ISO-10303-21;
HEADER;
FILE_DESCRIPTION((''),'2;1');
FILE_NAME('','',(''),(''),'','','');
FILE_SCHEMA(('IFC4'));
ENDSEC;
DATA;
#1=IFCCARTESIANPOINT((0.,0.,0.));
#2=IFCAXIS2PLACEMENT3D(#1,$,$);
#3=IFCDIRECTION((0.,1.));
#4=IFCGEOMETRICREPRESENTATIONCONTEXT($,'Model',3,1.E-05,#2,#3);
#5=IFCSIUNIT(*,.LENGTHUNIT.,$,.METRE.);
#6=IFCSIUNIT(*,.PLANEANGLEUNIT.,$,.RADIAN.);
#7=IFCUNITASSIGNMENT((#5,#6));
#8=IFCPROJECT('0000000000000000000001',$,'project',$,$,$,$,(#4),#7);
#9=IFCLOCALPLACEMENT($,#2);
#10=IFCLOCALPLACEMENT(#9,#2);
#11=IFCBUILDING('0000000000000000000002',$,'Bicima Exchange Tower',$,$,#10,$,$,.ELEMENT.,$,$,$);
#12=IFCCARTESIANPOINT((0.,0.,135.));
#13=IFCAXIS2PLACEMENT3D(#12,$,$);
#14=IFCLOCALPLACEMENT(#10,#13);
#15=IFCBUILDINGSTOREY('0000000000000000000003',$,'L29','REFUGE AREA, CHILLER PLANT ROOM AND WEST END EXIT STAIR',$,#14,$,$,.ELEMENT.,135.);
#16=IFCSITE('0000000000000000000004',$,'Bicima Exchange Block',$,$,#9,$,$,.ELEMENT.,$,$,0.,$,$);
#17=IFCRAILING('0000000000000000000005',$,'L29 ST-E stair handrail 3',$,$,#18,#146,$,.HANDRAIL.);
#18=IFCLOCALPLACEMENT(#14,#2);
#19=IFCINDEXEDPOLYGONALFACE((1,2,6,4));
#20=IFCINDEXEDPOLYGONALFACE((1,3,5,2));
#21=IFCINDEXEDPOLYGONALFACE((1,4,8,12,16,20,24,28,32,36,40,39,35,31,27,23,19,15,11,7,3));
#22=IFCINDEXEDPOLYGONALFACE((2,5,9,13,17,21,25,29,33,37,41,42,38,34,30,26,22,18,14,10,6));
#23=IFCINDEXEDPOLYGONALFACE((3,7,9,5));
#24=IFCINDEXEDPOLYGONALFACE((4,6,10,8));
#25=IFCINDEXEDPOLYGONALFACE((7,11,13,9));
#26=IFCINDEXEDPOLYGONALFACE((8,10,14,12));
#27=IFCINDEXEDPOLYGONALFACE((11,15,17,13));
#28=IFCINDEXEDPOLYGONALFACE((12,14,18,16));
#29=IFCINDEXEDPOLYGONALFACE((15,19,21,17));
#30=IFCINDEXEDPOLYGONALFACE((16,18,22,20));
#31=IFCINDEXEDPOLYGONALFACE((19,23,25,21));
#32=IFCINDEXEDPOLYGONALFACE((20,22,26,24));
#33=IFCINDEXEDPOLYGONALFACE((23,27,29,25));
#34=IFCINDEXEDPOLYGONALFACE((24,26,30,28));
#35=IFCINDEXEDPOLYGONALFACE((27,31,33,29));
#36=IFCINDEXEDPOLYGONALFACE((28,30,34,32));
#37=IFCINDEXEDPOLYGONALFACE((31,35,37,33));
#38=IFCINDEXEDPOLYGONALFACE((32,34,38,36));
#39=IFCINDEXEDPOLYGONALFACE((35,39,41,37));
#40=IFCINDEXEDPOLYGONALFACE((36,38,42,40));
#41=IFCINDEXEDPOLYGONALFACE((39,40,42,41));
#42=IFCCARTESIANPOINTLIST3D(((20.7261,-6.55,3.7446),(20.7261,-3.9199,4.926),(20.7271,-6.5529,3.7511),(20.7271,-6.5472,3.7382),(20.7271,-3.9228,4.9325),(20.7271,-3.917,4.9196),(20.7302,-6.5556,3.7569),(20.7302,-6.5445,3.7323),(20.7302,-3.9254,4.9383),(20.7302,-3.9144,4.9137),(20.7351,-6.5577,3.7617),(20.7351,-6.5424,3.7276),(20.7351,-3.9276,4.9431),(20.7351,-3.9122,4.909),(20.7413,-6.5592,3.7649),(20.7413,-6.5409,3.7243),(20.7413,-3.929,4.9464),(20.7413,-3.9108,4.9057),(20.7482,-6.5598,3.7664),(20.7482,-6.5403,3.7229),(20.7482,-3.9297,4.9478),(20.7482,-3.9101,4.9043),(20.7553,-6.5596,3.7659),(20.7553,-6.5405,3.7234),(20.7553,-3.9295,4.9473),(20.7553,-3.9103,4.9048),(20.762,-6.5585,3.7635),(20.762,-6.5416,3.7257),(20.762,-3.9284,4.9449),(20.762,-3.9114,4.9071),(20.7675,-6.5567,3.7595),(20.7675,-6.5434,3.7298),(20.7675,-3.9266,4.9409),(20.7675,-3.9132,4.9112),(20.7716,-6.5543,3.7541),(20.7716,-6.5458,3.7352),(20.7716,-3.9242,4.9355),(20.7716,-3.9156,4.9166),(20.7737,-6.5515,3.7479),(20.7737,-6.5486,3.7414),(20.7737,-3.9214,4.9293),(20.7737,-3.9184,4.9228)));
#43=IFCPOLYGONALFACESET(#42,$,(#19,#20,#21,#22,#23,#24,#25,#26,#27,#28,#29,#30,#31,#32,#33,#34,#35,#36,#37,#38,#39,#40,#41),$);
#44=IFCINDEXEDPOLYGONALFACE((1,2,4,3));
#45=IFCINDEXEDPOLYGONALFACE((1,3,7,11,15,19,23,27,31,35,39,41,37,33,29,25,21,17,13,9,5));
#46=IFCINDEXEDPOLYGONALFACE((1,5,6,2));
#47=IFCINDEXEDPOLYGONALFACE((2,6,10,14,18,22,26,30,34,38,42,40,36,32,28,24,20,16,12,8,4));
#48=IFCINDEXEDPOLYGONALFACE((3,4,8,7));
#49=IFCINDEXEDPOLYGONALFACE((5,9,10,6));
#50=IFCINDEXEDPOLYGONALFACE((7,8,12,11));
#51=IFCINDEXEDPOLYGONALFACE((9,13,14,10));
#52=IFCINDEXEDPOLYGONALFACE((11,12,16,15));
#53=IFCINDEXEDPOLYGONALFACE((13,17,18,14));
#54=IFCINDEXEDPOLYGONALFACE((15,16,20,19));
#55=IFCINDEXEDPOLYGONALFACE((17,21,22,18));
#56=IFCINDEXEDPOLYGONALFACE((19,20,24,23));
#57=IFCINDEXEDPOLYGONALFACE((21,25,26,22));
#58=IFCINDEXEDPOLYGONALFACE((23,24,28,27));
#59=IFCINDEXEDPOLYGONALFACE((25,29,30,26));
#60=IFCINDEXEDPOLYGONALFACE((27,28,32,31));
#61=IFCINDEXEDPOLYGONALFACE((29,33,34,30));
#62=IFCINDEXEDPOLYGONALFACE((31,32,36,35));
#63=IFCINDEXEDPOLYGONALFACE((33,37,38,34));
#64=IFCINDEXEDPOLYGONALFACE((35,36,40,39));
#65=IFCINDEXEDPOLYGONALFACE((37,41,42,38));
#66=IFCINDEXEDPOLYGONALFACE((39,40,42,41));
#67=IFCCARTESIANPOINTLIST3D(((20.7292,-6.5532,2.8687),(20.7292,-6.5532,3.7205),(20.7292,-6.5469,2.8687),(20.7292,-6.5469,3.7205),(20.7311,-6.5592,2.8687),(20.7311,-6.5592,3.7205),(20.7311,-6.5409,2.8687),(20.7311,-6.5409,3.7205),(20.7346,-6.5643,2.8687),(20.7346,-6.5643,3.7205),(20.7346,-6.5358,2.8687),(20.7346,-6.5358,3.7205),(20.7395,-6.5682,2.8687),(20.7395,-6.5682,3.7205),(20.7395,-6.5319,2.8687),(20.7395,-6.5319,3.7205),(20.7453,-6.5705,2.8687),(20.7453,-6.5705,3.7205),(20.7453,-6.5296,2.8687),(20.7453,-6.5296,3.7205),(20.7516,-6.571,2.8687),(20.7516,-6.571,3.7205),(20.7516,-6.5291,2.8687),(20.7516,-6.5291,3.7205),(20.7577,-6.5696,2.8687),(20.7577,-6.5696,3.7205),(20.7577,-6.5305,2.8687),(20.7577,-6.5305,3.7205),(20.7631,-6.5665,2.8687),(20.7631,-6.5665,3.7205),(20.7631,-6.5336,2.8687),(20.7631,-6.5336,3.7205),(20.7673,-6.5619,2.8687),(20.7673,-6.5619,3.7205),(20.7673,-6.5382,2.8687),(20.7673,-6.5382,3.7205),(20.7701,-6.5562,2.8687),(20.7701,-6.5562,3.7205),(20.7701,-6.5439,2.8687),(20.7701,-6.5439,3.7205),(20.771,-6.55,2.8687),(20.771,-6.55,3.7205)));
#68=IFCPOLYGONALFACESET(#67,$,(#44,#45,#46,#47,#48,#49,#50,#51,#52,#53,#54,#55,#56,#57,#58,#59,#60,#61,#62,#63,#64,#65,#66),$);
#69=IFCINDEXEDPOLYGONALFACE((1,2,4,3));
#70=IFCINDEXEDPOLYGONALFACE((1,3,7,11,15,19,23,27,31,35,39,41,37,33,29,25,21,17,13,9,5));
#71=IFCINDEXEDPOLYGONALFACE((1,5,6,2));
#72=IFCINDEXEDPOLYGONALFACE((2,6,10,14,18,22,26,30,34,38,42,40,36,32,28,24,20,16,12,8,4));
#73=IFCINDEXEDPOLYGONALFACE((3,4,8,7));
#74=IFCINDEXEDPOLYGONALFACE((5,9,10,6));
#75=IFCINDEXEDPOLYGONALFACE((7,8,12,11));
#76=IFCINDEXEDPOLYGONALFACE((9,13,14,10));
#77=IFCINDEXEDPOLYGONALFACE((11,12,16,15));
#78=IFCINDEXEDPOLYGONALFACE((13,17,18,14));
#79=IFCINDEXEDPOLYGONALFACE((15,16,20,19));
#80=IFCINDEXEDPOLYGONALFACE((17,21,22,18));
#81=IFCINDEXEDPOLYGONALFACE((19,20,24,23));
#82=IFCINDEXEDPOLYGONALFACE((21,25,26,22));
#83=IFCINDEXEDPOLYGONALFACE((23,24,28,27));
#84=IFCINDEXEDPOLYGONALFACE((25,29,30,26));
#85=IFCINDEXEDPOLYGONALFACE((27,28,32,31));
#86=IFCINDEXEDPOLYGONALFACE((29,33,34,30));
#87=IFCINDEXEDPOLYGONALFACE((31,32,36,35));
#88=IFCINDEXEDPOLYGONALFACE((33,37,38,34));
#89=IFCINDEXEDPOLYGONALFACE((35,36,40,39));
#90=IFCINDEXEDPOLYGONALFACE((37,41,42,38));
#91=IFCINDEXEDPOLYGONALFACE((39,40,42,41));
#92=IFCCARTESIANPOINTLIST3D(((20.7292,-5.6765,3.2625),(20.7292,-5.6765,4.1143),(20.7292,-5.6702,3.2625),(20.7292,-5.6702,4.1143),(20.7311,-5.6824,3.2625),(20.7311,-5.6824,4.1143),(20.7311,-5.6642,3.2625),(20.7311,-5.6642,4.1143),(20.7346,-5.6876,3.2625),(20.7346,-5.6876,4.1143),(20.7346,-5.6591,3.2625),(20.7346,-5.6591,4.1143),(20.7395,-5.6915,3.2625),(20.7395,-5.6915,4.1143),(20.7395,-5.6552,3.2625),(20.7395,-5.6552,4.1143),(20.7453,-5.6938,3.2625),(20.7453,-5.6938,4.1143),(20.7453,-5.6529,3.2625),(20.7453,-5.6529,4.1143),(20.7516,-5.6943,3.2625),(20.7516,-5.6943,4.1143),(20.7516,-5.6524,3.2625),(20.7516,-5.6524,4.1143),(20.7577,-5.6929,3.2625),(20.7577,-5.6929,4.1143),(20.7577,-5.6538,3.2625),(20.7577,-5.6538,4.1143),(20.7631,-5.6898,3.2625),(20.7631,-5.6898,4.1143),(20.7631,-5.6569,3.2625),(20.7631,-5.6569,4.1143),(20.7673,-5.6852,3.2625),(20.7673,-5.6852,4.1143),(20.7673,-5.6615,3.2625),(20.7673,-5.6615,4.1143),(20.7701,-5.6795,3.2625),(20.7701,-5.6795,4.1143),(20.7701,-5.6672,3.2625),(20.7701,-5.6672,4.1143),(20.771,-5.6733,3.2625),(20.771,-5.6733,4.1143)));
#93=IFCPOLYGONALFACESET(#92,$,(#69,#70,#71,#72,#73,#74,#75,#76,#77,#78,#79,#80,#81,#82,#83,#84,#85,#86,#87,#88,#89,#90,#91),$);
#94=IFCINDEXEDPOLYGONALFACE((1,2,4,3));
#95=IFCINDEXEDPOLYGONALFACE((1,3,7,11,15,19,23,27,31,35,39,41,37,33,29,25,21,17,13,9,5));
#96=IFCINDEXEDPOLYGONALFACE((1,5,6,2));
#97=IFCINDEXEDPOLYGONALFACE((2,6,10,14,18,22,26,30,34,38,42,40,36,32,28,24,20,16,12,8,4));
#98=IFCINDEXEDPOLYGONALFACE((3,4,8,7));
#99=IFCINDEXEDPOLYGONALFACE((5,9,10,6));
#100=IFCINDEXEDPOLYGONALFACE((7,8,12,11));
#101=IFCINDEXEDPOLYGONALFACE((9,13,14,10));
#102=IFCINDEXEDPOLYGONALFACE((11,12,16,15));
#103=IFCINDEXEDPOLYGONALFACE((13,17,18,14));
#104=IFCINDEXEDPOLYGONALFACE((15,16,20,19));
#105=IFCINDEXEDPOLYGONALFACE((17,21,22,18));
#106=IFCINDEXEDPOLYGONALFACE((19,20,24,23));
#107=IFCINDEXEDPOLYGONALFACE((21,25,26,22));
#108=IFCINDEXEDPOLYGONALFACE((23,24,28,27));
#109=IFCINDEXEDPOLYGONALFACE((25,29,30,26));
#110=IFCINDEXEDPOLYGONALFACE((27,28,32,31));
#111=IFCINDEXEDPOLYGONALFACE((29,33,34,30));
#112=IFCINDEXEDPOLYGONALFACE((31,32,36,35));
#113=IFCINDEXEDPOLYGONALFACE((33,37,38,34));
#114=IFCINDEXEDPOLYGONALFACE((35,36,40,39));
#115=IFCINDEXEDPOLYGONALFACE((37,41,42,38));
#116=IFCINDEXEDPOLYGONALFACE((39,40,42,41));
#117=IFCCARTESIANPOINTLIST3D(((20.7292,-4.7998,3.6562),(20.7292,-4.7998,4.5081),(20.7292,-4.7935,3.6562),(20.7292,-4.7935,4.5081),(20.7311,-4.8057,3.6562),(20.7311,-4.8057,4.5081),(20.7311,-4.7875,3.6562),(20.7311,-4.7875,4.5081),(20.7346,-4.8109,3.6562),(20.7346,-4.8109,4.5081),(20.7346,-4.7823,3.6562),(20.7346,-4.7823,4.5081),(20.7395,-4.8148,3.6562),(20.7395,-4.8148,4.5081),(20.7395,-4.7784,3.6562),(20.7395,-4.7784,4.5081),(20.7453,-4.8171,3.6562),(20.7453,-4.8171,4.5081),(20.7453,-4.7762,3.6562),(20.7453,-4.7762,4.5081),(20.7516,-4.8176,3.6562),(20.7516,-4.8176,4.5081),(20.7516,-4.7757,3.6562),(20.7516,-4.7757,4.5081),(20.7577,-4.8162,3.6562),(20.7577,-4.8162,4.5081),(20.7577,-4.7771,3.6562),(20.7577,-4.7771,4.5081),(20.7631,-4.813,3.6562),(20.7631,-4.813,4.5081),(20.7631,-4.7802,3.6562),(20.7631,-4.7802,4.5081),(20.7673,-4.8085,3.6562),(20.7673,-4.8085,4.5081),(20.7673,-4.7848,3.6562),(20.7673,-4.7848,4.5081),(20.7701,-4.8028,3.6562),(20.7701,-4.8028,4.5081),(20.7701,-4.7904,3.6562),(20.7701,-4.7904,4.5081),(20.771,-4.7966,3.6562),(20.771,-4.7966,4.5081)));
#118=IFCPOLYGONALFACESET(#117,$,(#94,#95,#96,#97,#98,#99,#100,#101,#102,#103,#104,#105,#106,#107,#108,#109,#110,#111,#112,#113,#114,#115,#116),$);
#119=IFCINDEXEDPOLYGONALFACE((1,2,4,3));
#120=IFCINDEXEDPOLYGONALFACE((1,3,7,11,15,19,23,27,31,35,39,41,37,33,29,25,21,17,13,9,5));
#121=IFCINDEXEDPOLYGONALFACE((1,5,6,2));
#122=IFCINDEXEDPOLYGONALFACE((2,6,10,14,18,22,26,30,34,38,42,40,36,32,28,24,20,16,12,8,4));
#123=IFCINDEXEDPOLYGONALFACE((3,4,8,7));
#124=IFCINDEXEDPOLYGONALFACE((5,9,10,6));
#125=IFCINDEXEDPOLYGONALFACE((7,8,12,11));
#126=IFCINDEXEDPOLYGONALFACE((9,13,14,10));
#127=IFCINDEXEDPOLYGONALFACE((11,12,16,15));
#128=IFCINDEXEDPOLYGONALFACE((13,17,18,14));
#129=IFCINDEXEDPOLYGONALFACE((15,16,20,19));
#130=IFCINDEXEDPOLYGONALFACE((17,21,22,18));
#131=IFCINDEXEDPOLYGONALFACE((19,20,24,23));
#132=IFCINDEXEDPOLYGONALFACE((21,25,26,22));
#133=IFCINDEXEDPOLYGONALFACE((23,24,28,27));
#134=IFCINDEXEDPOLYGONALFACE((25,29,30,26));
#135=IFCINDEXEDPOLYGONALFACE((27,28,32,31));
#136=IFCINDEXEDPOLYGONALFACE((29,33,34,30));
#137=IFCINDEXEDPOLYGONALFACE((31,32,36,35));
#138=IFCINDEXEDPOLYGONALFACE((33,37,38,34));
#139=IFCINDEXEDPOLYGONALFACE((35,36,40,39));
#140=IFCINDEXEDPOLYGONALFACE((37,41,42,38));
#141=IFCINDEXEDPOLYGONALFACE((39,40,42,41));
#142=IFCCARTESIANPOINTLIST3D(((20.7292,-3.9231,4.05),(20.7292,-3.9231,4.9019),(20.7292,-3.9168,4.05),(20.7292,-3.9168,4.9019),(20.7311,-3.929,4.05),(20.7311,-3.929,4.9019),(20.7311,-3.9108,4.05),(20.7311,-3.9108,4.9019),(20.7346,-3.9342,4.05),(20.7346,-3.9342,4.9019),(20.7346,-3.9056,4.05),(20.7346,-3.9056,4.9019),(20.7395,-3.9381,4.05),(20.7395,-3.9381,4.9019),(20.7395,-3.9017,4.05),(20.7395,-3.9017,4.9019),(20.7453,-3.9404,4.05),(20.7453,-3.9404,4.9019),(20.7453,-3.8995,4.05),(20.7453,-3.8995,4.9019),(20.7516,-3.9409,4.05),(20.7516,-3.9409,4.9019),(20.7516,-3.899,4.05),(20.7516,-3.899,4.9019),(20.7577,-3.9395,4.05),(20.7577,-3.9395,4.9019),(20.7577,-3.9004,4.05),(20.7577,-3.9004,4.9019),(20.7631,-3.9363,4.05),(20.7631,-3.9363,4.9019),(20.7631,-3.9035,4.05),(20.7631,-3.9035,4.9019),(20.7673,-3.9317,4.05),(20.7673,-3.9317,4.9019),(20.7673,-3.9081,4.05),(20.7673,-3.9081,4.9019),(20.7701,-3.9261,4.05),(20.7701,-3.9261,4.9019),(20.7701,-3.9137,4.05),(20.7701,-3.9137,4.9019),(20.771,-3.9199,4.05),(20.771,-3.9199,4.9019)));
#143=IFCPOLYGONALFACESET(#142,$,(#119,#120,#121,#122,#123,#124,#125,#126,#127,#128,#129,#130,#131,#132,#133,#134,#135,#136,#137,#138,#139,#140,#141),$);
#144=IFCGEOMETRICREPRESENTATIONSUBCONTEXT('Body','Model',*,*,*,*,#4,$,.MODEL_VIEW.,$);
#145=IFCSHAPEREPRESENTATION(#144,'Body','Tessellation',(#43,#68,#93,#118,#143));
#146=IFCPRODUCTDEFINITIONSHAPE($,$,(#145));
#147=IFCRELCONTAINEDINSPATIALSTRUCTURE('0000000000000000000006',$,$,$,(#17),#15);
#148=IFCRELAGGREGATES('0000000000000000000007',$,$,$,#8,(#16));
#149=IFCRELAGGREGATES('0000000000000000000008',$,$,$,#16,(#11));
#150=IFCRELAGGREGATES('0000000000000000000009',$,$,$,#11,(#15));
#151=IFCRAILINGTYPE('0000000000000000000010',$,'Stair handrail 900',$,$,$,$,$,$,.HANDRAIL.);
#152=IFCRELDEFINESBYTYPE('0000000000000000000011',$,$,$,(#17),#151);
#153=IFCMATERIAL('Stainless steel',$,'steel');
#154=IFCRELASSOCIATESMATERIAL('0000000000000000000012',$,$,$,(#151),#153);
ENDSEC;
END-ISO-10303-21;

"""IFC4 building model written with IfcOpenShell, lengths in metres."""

from ifc_helpers import new_model, si_unit, direction, frame, origin, origin_2d, place, context, subcontext, project, spatial, circle, extrude, material, type_object, element, save


model = new_model("IFC4")

# Units and contexts
model_context = context("Model", 3, precision=1e-05, world=origin(), true_north=direction((0.0, 1.0)))
body_context = subcontext(model_context, "Body", "Model", "MODEL_VIEW")
ifc_project = project(units=[si_unit("LENGTHUNIT", "METRE"), si_unit("PLANEANGLEUNIT", "RADIAN")], contexts=[model_context])

# Site, building, storey
site_placement = place(None, origin())
site = spatial("IfcSite", under=ifc_project, at=site_placement, Name="Bicima Exchange Block", CompositionType="ELEMENT", RefElevation=0.0)
building_placement = place(site_placement, origin())
building = spatial("IfcBuilding", under=site, at=building_placement, Name="Bicima Exchange Tower", CompositionType="ELEMENT")
storey_placement = place(building_placement, frame((0.0, 0.0, 135.0)))
storey = spatial("IfcBuildingStorey", under=building, at=storey_placement, Name="L29", Description="REFUGE AREA, CHILLER PLANT ROOM AND WEST END EXIT STAIR", CompositionType="ELEMENT", Elevation=135.0)

# Shared definitions
ifc_material_1 = material(Name="Stainless steel", Category="steel")

# Railing
railing_type_1 = type_object("IfcRailingType", Name="Stair handrail 900", PredefinedType="HANDRAIL", material=ifc_material_1)
railing_1_placement = place(storey_placement, frame((20.75, -6.55, 2.8687)))
element("IfcRailing", 1, at=railing_1_placement, inside=storey, type_object=railing_type_1, Name="L29 ST-E stair handrail 3", PredefinedType="HANDRAIL", context=body_context, shape_type="SweptSolid", body=[
    extrude(circle(Radius=0.0239, at=origin_2d()), frame((0.0, 0.0, 0.876), z_axis=(0.0, 0.912202, 0.409741), x_axis=(-1.0, 0.0, 0.0)), (0.0, 0.0, 1.0), 2.8833),
    extrude(circle(Radius=0.021, at=origin_2d()), origin(), (0.0, 0.0, 1.0), 0.8518),
    extrude(circle(Radius=0.021, at=origin_2d()), frame((0.0, 0.8767, 0.3938)), (0.0, 0.0, 1.0), 0.8518),
    extrude(circle(Radius=0.021, at=origin_2d()), frame((0.0, 1.7534, 0.7876)), (0.0, 0.0, 1.0), 0.8518),
    extrude(circle(Radius=0.021, at=origin_2d()), frame((0.0, 2.6301, 1.1814)), (0.0, 0.0, 1.0), 0.8518),
])

save(model, "model.ifc")
